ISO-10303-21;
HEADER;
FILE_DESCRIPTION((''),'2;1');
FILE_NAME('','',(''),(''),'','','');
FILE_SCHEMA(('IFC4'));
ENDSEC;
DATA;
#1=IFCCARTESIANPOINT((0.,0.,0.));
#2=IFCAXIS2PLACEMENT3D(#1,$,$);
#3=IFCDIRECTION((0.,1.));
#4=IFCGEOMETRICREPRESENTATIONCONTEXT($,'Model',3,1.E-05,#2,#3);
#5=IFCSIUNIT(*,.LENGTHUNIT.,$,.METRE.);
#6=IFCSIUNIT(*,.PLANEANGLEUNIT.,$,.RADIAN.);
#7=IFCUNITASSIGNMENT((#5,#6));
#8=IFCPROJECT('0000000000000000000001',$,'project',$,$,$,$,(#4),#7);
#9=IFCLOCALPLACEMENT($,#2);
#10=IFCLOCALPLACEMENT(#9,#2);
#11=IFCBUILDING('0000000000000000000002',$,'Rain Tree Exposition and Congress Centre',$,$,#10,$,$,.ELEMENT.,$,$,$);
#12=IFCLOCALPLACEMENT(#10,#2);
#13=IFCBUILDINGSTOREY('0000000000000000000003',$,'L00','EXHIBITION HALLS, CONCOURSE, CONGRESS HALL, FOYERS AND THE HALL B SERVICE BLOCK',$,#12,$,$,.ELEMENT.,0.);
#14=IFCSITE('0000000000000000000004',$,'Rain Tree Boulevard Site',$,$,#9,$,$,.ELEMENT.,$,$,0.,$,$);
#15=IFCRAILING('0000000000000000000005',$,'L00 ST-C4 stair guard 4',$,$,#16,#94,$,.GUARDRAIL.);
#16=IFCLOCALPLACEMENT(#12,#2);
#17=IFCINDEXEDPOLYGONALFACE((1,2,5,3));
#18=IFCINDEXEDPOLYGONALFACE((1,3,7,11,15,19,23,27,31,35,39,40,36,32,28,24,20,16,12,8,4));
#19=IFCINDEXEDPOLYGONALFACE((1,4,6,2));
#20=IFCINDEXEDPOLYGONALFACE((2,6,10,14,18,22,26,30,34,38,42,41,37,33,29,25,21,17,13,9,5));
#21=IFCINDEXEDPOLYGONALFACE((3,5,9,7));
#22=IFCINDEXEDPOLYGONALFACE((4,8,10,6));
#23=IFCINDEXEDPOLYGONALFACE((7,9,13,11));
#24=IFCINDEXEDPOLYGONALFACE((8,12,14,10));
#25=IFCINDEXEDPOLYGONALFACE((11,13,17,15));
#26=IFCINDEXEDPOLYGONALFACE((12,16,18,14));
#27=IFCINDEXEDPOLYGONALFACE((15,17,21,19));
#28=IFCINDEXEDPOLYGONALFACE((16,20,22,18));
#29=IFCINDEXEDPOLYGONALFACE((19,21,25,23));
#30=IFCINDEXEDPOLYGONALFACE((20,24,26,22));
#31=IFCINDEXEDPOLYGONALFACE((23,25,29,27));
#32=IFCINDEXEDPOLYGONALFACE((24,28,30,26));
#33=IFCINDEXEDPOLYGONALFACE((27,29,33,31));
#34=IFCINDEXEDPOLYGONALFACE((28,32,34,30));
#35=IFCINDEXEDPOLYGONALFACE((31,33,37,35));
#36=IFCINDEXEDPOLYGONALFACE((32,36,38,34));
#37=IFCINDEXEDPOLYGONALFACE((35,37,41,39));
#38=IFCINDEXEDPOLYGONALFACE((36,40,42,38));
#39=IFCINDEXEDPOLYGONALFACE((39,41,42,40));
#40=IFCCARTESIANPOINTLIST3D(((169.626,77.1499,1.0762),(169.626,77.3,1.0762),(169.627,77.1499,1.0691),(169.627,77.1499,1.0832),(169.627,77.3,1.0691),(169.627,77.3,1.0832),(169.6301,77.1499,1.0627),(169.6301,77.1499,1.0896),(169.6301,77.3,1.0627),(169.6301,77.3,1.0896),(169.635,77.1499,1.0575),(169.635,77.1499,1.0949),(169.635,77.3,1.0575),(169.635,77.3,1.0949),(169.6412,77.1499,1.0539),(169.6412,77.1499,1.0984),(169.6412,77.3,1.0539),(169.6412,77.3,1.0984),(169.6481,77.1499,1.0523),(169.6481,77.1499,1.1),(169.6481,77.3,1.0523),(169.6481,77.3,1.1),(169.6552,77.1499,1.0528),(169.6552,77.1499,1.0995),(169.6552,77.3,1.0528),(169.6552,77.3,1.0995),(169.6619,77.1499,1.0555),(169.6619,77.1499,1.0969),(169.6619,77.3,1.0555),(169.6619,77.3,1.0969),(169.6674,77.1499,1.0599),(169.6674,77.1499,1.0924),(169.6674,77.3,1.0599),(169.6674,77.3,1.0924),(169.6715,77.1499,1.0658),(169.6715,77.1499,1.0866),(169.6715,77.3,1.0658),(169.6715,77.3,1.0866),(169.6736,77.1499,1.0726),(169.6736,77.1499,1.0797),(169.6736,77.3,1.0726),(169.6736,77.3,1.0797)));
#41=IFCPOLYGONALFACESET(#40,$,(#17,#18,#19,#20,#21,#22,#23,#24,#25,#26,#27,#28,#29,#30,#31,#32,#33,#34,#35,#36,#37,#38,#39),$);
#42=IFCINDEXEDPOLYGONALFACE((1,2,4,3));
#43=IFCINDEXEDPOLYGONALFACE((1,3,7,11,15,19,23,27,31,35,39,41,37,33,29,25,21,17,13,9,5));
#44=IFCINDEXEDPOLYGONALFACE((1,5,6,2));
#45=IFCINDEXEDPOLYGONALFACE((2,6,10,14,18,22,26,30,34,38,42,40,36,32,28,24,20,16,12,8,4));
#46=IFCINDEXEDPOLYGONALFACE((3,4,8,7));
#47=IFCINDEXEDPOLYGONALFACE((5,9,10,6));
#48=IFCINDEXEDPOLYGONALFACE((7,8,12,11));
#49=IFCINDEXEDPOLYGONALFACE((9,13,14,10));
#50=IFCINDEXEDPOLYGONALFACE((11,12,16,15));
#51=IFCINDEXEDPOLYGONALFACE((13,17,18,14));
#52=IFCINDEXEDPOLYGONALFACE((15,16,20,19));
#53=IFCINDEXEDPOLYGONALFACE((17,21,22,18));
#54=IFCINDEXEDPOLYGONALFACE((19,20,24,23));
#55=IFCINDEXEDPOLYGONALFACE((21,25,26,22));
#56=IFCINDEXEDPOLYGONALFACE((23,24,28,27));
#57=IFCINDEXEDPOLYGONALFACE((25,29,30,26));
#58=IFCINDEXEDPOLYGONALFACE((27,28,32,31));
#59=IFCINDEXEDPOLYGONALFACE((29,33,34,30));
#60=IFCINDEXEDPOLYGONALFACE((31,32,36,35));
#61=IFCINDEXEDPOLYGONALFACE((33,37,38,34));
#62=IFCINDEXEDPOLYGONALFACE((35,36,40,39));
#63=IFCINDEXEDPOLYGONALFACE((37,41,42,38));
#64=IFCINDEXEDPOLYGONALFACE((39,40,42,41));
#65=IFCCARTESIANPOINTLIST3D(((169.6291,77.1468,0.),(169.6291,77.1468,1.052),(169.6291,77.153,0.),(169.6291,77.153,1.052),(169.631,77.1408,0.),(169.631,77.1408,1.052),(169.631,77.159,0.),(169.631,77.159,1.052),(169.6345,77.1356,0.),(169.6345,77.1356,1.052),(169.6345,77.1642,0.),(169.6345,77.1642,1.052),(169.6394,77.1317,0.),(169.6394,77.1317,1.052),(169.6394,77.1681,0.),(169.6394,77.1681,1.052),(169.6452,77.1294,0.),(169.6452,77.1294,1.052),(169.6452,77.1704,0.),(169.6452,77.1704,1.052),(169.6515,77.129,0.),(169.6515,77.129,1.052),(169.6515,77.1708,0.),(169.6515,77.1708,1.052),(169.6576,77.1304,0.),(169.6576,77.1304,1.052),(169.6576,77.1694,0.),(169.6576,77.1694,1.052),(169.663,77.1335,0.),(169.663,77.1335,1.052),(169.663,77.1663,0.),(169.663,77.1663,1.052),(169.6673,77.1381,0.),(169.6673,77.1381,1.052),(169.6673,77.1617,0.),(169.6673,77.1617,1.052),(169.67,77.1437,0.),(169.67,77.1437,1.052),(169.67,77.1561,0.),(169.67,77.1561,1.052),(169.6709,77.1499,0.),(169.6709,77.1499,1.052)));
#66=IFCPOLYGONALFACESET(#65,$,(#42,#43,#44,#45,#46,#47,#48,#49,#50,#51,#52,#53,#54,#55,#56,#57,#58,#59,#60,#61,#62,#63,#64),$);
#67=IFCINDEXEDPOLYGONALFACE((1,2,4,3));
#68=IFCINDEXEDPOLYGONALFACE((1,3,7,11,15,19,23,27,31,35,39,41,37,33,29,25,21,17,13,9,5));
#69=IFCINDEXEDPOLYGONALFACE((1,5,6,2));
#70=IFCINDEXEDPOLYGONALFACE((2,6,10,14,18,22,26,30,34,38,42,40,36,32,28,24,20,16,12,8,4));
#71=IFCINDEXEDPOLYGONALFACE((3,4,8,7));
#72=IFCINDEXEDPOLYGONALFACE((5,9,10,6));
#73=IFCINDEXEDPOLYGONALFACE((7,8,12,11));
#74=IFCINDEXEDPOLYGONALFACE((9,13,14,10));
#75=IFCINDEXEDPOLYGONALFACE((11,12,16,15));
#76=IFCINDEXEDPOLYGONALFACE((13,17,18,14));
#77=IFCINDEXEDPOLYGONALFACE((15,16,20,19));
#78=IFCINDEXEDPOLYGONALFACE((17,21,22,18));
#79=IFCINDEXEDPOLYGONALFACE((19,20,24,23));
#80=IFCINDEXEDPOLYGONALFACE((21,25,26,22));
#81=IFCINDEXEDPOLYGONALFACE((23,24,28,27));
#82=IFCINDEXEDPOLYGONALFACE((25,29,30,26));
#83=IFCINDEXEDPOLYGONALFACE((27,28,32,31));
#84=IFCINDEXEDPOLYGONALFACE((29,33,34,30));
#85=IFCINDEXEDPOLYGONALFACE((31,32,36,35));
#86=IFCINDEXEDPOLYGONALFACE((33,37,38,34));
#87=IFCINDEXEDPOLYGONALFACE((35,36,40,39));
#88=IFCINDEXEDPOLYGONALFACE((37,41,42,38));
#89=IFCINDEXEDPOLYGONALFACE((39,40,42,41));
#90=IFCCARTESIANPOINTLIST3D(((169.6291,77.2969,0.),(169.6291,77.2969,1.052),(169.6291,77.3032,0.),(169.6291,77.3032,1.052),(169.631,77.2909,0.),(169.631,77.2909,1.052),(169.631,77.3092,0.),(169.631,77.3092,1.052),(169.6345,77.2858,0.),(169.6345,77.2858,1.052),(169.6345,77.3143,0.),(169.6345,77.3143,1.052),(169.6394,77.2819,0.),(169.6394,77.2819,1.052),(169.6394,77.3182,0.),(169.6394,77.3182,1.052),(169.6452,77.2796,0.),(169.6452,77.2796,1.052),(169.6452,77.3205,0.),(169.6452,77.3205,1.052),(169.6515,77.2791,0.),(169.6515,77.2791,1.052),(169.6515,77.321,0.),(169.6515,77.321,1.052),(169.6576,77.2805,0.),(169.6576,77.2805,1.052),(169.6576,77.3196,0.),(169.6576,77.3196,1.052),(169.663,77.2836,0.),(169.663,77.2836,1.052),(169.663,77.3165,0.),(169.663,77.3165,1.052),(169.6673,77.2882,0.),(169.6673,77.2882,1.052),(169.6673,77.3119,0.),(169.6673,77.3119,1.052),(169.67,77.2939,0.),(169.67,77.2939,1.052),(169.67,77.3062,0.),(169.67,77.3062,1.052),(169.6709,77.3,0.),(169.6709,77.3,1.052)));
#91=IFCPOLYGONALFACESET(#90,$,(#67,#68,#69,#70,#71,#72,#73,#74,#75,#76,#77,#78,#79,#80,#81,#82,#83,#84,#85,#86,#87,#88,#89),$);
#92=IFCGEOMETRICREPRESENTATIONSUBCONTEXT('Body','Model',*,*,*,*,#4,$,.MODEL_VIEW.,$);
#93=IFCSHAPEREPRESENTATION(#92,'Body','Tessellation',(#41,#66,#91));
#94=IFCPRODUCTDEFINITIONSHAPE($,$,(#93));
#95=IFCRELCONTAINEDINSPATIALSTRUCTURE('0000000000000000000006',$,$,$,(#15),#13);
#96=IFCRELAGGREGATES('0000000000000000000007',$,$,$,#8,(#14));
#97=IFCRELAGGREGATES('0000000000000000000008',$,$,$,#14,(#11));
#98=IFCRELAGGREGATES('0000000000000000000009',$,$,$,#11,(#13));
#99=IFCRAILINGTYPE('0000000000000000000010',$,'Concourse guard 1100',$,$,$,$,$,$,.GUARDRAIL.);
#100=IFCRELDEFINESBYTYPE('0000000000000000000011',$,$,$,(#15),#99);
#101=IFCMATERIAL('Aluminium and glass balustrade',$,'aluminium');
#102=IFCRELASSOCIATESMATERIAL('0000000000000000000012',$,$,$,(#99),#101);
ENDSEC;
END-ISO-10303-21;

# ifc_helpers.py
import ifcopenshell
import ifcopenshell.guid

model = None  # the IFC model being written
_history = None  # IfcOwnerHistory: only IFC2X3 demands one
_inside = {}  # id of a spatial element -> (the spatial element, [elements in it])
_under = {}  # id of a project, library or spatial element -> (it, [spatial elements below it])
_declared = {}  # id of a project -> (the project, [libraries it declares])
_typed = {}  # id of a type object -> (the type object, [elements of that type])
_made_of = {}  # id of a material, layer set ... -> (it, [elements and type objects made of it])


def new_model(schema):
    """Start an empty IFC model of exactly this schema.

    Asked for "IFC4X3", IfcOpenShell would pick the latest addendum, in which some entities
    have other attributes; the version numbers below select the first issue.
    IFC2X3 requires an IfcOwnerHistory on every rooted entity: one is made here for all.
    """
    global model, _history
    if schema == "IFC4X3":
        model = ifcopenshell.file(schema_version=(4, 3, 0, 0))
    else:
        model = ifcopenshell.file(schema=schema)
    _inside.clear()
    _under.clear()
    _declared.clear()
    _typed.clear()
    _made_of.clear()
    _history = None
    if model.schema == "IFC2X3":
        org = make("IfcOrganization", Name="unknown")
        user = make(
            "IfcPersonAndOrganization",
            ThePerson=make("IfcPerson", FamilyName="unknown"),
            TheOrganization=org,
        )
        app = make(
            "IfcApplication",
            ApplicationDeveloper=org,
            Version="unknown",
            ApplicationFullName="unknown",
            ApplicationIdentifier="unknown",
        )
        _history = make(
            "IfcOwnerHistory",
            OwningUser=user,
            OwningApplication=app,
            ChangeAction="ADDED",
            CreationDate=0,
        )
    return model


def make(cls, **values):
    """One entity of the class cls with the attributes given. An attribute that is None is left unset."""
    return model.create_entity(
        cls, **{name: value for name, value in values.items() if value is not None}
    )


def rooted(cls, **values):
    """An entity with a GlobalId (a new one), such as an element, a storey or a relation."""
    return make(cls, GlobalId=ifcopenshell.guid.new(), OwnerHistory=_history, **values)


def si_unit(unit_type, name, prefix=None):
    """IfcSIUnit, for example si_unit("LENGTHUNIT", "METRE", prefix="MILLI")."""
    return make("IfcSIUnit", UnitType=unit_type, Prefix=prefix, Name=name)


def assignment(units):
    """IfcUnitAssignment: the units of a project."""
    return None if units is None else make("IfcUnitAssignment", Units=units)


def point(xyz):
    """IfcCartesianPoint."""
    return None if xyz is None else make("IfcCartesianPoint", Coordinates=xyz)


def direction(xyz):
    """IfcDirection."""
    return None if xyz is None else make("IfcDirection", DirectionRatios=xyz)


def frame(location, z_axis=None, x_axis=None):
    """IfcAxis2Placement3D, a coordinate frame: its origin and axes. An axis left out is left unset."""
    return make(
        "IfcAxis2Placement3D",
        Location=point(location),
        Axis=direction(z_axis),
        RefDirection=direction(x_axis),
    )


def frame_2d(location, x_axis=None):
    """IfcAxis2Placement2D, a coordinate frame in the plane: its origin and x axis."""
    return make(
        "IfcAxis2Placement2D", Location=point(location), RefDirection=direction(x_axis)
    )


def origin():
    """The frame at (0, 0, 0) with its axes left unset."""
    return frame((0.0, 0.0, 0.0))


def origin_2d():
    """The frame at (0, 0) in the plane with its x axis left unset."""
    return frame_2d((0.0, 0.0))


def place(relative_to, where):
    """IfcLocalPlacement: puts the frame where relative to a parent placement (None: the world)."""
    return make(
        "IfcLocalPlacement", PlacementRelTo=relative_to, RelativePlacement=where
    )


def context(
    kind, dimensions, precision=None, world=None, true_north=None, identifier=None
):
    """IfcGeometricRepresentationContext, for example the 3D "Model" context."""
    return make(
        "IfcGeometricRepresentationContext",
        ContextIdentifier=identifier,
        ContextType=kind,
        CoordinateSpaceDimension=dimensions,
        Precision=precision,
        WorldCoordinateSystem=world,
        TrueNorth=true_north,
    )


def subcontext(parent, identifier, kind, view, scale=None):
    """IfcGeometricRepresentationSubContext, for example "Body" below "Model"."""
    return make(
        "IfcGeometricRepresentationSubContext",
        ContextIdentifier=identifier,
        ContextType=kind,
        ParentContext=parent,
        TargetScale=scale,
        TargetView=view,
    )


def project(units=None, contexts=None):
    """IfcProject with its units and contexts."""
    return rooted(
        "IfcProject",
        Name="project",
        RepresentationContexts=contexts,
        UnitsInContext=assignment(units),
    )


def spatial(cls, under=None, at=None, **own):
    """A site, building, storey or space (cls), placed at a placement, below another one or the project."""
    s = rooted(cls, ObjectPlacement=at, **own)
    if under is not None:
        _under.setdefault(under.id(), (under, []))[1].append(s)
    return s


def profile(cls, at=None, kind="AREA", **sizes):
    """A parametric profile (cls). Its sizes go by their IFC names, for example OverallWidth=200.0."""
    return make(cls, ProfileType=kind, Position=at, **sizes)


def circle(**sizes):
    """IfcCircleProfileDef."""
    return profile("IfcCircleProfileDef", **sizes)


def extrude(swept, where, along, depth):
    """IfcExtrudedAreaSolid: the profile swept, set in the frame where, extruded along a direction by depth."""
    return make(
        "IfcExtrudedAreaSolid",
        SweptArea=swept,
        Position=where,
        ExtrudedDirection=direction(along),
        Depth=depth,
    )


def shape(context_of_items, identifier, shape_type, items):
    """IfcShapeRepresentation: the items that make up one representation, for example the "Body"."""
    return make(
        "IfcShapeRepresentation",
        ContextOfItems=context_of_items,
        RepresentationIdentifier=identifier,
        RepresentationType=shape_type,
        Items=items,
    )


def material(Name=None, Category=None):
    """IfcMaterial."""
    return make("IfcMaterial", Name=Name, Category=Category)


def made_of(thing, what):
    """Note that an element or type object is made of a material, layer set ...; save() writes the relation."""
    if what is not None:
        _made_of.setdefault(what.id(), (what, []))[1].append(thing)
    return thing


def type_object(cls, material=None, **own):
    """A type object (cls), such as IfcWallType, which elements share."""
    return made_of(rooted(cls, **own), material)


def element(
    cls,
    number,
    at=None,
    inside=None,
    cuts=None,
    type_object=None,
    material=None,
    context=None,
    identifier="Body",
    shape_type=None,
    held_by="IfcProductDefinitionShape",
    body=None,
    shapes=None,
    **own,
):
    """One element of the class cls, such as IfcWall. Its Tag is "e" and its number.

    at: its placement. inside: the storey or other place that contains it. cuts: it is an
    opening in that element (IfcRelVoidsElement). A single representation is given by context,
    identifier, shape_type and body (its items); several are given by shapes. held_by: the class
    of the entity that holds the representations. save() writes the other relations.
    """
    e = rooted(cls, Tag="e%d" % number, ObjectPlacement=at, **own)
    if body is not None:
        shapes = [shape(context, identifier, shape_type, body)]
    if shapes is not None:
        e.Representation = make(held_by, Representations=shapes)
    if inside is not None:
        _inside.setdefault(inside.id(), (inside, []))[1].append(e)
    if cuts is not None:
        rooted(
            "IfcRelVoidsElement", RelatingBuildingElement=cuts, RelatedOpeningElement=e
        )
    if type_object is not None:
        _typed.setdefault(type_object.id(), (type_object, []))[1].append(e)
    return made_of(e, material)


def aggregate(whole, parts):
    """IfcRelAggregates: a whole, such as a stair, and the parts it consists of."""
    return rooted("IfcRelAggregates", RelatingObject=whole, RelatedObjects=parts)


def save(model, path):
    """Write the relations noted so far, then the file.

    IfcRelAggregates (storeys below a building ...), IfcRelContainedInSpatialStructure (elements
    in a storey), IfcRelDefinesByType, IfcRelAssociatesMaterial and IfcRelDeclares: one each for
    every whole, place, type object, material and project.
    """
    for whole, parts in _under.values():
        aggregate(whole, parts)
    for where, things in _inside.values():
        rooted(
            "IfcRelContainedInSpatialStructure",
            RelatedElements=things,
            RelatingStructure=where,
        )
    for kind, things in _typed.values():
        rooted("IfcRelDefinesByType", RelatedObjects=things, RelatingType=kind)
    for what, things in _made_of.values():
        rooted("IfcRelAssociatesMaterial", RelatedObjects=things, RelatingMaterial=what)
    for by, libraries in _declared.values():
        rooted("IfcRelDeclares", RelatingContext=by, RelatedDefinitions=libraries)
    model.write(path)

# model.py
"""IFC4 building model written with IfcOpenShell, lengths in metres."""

from ifc_helpers import new_model, si_unit, direction, frame, origin, origin_2d, place, context, subcontext, project, spatial, circle, extrude, material, type_object, element, save


model = new_model("IFC4")

# Units and contexts
model_context = context("Model", 3, precision=1e-05, world=origin(), true_north=direction((0.0, 1.0)))
body_context = subcontext(model_context, "Body", "Model", "MODEL_VIEW")
ifc_project = project(units=[si_unit("LENGTHUNIT", "METRE"), si_unit("PLANEANGLEUNIT", "RADIAN")], contexts=[model_context])

# Site, building, storey
site_placement = place(None, origin())
site = spatial("IfcSite", under=ifc_project, at=site_placement, Name="Rain Tree Boulevard Site", CompositionType="ELEMENT", RefElevation=0.0)
building_placement = place(site_placement, origin())
building = spatial("IfcBuilding", under=site, at=building_placement, Name="Rain Tree Exposition and Congress Centre", CompositionType="ELEMENT")
storey_placement = place(building_placement, origin())
storey = spatial("IfcBuildingStorey", under=building, at=storey_placement, Name="L00", Description="EXHIBITION HALLS, CONCOURSE, CONGRESS HALL, FOYERS AND THE HALL B SERVICE BLOCK", CompositionType="ELEMENT", Elevation=0.0)

# Railing
ifc_material_1 = material(Name="Aluminium and glass balustrade", Category="aluminium")
railing_type_1 = type_object("IfcRailingType", Name="Concourse guard 1100", PredefinedType="GUARDRAIL", material=ifc_material_1)
railing_1_placement = place(storey_placement, frame((169.6499, 77.1499, 0.0)))
element("IfcRailing", 1, at=railing_1_placement, inside=storey, type_object=railing_type_1, Name="L00 ST-C4 stair guard 4", PredefinedType="GUARDRAIL", context=body_context, shape_type="SweptSolid", body=[
    extrude(circle(Radius=0.0239, at=origin_2d()), frame((0.0, 0.0, 1.0762), z_axis=(0.0, 1.0, 0.0), x_axis=(-1.0, 0.0, 0.0)), (0.0, 0.0, 1.0), 0.1501),
    extrude(circle(Radius=0.021, at=origin_2d()), origin(), (0.0, 0.0, 1.0), 1.052),
    extrude(circle(Radius=0.021, at=origin_2d()), frame((0.0, 0.1501, 0.0)), (0.0, 0.0, 1.0), 1.052),
])

save(model, "model.ifc")
